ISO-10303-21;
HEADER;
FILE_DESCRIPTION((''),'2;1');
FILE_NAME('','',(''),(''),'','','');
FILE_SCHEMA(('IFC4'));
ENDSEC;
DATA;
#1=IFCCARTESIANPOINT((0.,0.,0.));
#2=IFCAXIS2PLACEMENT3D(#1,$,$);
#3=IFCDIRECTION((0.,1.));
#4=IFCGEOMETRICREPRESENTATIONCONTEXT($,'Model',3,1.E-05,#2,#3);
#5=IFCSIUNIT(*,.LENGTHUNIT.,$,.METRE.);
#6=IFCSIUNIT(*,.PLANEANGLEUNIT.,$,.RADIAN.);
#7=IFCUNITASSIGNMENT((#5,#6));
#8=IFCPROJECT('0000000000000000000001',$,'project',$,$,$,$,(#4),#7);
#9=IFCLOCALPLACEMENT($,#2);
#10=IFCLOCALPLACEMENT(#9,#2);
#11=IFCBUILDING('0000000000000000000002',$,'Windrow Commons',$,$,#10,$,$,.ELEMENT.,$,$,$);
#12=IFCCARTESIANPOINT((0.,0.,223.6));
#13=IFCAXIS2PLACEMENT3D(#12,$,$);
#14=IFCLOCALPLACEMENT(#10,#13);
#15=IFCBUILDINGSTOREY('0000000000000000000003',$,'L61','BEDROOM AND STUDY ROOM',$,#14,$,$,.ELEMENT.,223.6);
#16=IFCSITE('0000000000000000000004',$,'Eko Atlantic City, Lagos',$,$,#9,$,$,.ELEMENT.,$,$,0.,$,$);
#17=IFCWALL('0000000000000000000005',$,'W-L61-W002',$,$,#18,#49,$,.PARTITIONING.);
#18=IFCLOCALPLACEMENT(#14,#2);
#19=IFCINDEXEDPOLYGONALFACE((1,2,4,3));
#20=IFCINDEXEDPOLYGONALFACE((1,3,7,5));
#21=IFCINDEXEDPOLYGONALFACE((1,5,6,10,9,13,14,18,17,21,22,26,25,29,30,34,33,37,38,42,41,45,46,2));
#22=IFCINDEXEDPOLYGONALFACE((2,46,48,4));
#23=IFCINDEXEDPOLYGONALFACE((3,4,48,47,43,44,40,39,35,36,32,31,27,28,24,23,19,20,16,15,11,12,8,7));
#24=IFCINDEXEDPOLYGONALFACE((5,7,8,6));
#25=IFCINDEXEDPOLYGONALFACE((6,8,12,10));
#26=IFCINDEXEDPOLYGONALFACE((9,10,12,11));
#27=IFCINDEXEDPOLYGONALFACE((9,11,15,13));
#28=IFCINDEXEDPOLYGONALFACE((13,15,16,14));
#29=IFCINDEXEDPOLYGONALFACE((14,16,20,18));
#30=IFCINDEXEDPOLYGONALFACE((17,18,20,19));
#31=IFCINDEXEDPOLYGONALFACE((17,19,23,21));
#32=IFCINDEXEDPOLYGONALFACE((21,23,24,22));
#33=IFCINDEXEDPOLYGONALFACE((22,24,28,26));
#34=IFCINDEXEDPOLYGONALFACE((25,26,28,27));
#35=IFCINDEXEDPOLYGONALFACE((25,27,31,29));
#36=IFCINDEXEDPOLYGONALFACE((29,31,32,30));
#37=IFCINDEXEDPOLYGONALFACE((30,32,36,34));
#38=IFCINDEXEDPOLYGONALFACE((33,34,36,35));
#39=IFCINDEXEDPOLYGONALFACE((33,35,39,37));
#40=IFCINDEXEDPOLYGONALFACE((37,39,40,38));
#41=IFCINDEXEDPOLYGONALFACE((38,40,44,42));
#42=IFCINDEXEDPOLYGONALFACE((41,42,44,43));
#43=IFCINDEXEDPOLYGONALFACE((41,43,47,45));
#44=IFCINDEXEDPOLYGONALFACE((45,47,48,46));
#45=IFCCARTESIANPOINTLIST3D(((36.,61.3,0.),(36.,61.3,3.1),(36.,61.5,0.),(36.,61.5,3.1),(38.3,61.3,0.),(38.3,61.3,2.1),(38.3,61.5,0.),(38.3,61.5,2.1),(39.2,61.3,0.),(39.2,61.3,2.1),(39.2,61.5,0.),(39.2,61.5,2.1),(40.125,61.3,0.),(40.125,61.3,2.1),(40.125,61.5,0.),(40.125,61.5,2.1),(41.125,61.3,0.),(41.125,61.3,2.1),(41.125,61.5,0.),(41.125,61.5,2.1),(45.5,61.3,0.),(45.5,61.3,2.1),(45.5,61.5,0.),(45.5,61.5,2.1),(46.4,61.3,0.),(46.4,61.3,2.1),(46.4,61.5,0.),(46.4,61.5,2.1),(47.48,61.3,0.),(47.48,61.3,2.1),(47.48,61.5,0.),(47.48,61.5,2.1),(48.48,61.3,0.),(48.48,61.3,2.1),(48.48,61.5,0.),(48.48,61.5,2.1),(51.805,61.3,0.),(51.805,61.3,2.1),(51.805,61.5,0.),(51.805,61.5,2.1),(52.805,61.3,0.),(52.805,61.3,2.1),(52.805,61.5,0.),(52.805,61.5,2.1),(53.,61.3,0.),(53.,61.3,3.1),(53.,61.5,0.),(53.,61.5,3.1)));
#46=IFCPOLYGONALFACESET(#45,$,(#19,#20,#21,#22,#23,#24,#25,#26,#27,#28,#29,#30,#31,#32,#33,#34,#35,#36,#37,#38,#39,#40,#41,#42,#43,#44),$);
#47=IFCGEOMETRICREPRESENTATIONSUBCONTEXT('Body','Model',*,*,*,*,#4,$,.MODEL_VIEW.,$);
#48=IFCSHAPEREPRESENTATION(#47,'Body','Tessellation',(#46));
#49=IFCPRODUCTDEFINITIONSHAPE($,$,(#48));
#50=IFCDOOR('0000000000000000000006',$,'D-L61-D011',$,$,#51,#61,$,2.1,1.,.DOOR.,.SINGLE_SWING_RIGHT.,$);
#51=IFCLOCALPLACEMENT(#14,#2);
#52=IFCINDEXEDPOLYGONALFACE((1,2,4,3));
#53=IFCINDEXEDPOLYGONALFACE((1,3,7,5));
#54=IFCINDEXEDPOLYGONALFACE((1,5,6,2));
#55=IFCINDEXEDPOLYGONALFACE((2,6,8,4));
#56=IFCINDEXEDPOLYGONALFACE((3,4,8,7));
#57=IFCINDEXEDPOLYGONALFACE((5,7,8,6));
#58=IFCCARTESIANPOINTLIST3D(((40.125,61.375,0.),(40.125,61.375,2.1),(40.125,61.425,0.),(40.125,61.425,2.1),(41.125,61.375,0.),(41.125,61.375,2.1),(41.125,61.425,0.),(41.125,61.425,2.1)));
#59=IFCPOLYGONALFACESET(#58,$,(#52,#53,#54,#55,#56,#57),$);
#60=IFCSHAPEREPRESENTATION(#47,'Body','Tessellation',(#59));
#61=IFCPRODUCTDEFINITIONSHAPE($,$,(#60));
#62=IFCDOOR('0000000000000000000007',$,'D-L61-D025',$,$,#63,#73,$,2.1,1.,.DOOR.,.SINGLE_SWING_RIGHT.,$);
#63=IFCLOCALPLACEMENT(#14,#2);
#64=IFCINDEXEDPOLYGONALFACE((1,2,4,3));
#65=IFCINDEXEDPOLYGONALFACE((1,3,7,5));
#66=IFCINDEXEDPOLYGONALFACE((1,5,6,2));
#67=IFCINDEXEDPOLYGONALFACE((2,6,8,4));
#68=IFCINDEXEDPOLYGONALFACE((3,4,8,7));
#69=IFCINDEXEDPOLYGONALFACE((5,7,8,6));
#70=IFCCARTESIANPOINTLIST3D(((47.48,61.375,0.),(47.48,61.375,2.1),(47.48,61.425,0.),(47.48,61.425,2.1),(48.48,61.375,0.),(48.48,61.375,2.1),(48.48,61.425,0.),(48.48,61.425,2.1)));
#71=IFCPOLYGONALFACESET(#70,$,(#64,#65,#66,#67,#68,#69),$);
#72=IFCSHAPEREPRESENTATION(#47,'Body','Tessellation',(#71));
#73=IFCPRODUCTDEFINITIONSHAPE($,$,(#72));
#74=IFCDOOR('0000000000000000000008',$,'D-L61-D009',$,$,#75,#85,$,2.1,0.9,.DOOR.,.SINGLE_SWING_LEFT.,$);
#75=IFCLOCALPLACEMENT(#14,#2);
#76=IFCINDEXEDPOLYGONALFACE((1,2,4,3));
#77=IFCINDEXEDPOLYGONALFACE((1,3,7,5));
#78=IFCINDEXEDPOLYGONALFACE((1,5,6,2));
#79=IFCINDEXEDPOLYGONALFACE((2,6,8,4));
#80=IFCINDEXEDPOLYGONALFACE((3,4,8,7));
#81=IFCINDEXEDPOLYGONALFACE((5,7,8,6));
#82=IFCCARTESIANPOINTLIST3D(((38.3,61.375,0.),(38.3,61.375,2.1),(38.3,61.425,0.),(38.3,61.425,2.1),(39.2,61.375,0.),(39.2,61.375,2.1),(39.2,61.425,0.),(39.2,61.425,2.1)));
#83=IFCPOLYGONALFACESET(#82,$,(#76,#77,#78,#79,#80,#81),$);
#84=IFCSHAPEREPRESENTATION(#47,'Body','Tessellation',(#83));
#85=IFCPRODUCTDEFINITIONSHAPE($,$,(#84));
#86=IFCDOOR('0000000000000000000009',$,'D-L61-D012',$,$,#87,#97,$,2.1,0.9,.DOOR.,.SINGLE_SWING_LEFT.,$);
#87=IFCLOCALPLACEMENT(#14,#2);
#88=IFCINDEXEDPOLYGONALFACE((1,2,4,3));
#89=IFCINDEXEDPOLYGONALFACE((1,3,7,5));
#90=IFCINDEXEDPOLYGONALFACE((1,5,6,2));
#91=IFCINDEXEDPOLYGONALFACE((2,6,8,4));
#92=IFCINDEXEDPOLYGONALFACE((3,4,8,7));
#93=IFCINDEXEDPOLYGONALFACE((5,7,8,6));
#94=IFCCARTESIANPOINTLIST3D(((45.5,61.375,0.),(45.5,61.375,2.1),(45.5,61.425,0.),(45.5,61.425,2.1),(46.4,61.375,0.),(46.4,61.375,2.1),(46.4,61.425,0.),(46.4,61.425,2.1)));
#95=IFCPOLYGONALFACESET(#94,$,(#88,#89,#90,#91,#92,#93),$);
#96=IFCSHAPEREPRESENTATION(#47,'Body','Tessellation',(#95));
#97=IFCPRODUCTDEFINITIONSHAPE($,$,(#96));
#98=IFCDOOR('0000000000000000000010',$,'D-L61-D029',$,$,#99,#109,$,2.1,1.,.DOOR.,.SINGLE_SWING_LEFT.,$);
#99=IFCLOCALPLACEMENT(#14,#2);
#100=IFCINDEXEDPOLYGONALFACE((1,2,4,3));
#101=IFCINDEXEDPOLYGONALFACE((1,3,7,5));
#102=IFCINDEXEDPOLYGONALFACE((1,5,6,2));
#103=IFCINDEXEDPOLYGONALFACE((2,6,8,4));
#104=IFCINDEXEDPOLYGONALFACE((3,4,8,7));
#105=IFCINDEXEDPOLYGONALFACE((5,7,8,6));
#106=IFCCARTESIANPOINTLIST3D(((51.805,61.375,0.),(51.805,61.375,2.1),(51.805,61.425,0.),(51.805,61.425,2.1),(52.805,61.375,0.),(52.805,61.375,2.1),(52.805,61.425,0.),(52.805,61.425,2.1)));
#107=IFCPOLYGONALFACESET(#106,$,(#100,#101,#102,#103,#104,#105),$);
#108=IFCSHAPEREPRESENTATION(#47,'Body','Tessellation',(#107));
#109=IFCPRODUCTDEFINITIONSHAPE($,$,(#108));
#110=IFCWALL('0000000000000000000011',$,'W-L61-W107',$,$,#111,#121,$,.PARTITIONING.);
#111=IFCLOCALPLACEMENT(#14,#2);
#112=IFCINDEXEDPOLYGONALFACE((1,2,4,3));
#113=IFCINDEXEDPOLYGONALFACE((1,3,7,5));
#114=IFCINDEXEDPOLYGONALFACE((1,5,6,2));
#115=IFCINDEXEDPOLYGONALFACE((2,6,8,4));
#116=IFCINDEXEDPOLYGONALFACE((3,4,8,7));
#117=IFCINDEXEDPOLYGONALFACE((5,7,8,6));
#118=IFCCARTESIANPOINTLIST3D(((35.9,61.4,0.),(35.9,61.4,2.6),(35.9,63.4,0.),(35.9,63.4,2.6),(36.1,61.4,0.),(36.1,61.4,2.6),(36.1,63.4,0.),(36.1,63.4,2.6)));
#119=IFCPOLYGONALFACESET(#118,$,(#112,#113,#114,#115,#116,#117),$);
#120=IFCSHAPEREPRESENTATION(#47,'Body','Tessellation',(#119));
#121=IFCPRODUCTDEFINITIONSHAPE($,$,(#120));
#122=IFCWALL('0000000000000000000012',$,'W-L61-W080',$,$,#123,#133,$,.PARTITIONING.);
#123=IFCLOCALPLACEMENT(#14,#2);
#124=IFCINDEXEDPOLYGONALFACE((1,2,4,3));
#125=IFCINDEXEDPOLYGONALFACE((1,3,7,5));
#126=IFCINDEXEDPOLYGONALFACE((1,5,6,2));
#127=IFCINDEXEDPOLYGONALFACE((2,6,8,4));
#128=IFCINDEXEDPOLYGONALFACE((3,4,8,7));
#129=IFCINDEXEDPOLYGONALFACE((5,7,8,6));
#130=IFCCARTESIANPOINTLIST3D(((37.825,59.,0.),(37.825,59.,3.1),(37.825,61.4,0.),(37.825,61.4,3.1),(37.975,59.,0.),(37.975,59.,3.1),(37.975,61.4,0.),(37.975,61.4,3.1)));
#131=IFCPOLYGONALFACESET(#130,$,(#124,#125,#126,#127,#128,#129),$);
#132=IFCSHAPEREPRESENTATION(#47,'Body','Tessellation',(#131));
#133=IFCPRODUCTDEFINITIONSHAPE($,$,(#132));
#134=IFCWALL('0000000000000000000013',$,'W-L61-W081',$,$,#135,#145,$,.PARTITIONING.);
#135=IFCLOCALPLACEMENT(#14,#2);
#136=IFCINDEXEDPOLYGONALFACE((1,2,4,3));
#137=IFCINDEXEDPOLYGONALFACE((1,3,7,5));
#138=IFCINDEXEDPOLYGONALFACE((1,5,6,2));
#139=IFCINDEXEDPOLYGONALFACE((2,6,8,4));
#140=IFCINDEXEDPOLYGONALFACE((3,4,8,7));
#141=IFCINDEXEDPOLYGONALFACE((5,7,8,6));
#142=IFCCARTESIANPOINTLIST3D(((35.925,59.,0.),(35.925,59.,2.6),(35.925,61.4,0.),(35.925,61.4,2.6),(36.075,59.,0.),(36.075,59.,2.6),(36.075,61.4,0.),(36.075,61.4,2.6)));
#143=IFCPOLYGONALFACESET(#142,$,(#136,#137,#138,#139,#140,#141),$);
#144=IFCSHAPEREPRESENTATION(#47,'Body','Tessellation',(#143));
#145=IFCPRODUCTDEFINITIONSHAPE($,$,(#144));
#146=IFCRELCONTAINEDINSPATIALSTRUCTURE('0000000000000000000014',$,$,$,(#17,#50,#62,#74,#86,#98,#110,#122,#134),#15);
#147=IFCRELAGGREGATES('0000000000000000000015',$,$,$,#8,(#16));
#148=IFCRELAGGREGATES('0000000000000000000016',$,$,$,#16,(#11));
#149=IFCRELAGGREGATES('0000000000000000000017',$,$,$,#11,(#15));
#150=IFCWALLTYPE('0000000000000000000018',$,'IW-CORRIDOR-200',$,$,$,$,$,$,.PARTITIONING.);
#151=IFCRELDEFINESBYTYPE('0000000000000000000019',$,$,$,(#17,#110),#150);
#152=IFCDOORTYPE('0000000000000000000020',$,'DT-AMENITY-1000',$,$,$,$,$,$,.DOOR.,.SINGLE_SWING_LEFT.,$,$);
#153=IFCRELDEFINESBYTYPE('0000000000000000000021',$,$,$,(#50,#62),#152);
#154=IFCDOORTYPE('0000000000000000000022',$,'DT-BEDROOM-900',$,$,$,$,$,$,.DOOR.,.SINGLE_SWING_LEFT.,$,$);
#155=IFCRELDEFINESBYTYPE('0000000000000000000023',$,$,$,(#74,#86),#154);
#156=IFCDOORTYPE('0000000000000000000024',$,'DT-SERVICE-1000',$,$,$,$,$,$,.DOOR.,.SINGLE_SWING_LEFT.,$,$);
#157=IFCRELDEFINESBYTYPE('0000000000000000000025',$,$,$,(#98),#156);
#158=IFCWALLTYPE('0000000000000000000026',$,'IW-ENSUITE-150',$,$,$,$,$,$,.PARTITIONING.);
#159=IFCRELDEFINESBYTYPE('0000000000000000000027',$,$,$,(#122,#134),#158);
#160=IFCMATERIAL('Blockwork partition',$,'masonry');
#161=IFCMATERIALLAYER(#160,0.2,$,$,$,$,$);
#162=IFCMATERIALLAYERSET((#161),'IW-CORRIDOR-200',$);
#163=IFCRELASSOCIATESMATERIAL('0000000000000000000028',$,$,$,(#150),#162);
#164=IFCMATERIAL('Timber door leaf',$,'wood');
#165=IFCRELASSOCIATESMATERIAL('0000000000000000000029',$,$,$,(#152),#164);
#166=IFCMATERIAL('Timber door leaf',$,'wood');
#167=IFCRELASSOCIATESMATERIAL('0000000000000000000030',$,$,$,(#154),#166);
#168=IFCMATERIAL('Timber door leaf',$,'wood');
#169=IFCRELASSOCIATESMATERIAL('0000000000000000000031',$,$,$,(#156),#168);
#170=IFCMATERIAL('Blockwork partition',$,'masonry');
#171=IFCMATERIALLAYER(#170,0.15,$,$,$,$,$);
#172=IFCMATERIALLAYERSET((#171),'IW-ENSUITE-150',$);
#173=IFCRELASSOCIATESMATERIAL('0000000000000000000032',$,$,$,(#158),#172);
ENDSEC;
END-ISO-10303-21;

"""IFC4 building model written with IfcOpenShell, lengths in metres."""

from ifc_helpers import new_model, si_unit, direction, frame, frame_2d, origin, place, context, subcontext, project, spatial, rectangle, extrude, material, layer, layer_set, type_object, element, fill, save


model = new_model("IFC4")

# Units and contexts
model_context = context("Model", 3, precision=1e-05, world=origin(), true_north=direction((0.0, 1.0)))
body_context = subcontext(model_context, "Body", "Model", "MODEL_VIEW")
ifc_project = project(units=[si_unit("LENGTHUNIT", "METRE"), si_unit("PLANEANGLEUNIT", "RADIAN")], contexts=[model_context])

# Site, building, storey
site_placement = place(None, origin())
site = spatial("IfcSite", under=ifc_project, at=site_placement, Name="Eko Atlantic City, Lagos", CompositionType="ELEMENT", RefElevation=0.0)
building_placement = place(site_placement, origin())
building = spatial("IfcBuilding", under=site, at=building_placement, Name="Windrow Commons", CompositionType="ELEMENT")
storey_placement = place(building_placement, frame((0.0, 0.0, 223.6)))
storey = spatial("IfcBuildingStorey", under=building, at=storey_placement, Name="L61", Description="BEDROOM AND STUDY ROOM", CompositionType="ELEMENT", Elevation=223.6)

# Wall, openings, doors
ifc_material_1 = material(Name="Blockwork partition", Category="masonry")
ifc_layer_1 = layer(ifc_material_1, 0.2)
ifc_layer_set_1 = layer_set([ifc_layer_1], Name="IW-CORRIDOR-200")
wall_type_1 = type_object("IfcWallType", Name="IW-CORRIDOR-200", PredefinedType="PARTITIONING", material=ifc_layer_set_1)
wall_1_placement = place(storey_placement, frame((36.0, 61.4, 0.0), z_axis=(0.0, 0.0, 1.0), x_axis=(1.0, 0.0, 0.0)))
wall_1 = element("IfcWall", 1, at=wall_1_placement, inside=storey, type_object=wall_type_1, Name="W-L61-W002", PredefinedType="PARTITIONING", context=body_context, shape_type="SweptSolid", body=[
    extrude(rectangle(XDim=17.0, YDim=0.2, at=frame_2d((8.5, 0.0))), origin(), (0.0, 0.0, 1.0), 3.1),
])
opening_1_placement = place(wall_1_placement, frame((2.3, 0.0, 0.0)))
opening_1 = element("IfcOpeningElement", 2, at=opening_1_placement, cuts=wall_1, PredefinedType="OPENING", context=body_context, shape_type="SweptSolid", body=[
    extrude(rectangle(XDim=0.9, YDim=2.1, at=frame_2d((0.45, 1.05))), frame((0.0, 0.11, 0.0), z_axis=(0.0, -1.0, 0.0), x_axis=(1.0, 0.0, 0.0)), (0.0, 0.0, 1.0), 0.22),
])
opening_2_placement = place(wall_1_placement, frame((4.125, 0.0, 0.0)))
opening_2 = element("IfcOpeningElement", 3, at=opening_2_placement, cuts=wall_1, PredefinedType="OPENING", context=body_context, shape_type="SweptSolid", body=[
    extrude(rectangle(XDim=1.0, YDim=2.1, at=frame_2d((0.5, 1.05))), frame((0.0, 0.11, 0.0), z_axis=(0.0, -1.0, 0.0), x_axis=(1.0, 0.0, 0.0)), (0.0, 0.0, 1.0), 0.22),
])
opening_3_placement = place(wall_1_placement, frame((9.5, 0.0, 0.0)))
opening_3 = element("IfcOpeningElement", 4, at=opening_3_placement, cuts=wall_1, PredefinedType="OPENING", context=body_context, shape_type="SweptSolid", body=[
    extrude(rectangle(XDim=0.9, YDim=2.1, at=frame_2d((0.45, 1.05))), frame((0.0, 0.11, 0.0), z_axis=(0.0, -1.0, 0.0), x_axis=(1.0, 0.0, 0.0)), (0.0, 0.0, 1.0), 0.22),
])
opening_4_placement = place(wall_1_placement, frame((11.48, 0.0, 0.0)))
opening_4 = element("IfcOpeningElement", 5, at=opening_4_placement, cuts=wall_1, PredefinedType="OPENING", context=body_context, shape_type="SweptSolid", body=[
    extrude(rectangle(XDim=1.0, YDim=2.1, at=frame_2d((0.5, 1.05))), frame((0.0, 0.11, 0.0), z_axis=(0.0, -1.0, 0.0), x_axis=(1.0, 0.0, 0.0)), (0.0, 0.0, 1.0), 0.22),
])
opening_5_placement = place(wall_1_placement, frame((15.805, 0.0, 0.0)))
opening_5 = element("IfcOpeningElement", 6, at=opening_5_placement, cuts=wall_1, PredefinedType="OPENING", context=body_context, shape_type="SweptSolid", body=[
    extrude(rectangle(XDim=1.0, YDim=2.1, at=frame_2d((0.5, 1.05))), frame((0.0, 0.11, 0.0), z_axis=(0.0, -1.0, 0.0), x_axis=(1.0, 0.0, 0.0)), (0.0, 0.0, 1.0), 0.22),
])
ifc_material_2 = material(Name="Timber door leaf", Category="wood")
door_type_1 = type_object("IfcDoorType", Name="DT-AMENITY-1000", OperationType="SINGLE_SWING_LEFT", PredefinedType="DOOR", material=ifc_material_2)
door_1_placement = place(opening_2_placement, origin())
door_1 = element("IfcDoor", 7, at=door_1_placement, inside=storey, type_object=door_type_1, Name="D-L61-D011", OperationType="SINGLE_SWING_RIGHT", OverallHeight=2.1, OverallWidth=1.0, PredefinedType="DOOR", context=body_context, shape_type="SweptSolid", body=[
    extrude(rectangle(XDim=1.0, YDim=2.1, at=frame_2d((0.5, 1.05))), frame((0.0, 0.025, 0.0), z_axis=(0.0, -1.0, 0.0), x_axis=(1.0, 0.0, 0.0)), (0.0, 0.0, 1.0), 0.05),
])
fill(opening_2, door_1)
door_2_placement = place(opening_4_placement, origin())
door_2 = element("IfcDoor", 8, at=door_2_placement, inside=storey, type_object=door_type_1, Name="D-L61-D025", OperationType="SINGLE_SWING_RIGHT", OverallHeight=2.1, OverallWidth=1.0, PredefinedType="DOOR", context=body_context, shape_type="SweptSolid", body=[
    extrude(rectangle(XDim=1.0, YDim=2.1, at=frame_2d((0.5, 1.05))), frame((0.0, 0.025, 0.0), z_axis=(0.0, -1.0, 0.0), x_axis=(1.0, 0.0, 0.0)), (0.0, 0.0, 1.0), 0.05),
])
fill(opening_4, door_2)
ifc_material_3 = material(Name="Timber door leaf", Category="wood")
door_type_2 = type_object("IfcDoorType", Name="DT-BEDROOM-900", OperationType="SINGLE_SWING_LEFT", PredefinedType="DOOR", material=ifc_material_3)
door_3_placement = place(opening_1_placement, origin())
door_3 = element("IfcDoor", 9, at=door_3_placement, inside=storey, type_object=door_type_2, Name="D-L61-D009", OperationType="SINGLE_SWING_LEFT", OverallHeight=2.1, OverallWidth=0.9, PredefinedType="DOOR", context=body_context, shape_type="SweptSolid", body=[
    extrude(rectangle(XDim=0.9, YDim=2.1, at=frame_2d((0.45, 1.05))), frame((0.0, 0.025, 0.0), z_axis=(0.0, -1.0, 0.0), x_axis=(1.0, 0.0, 0.0)), (0.0, 0.0, 1.0), 0.05),
])
fill(opening_1, door_3)
door_4_placement = place(opening_3_placement, origin())
door_4 = element("IfcDoor", 10, at=door_4_placement, inside=storey, type_object=door_type_2, Name="D-L61-D012", OperationType="SINGLE_SWING_LEFT", OverallHeight=2.1, OverallWidth=0.9, PredefinedType="DOOR", context=body_context, shape_type="SweptSolid", body=[
    extrude(rectangle(XDim=0.9, YDim=2.1, at=frame_2d((0.45, 1.05))), frame((0.0, 0.025, 0.0), z_axis=(0.0, -1.0, 0.0), x_axis=(1.0, 0.0, 0.0)), (0.0, 0.0, 1.0), 0.05),
])
fill(opening_3, door_4)
ifc_material_4 = material(Name="Timber door leaf", Category="wood")
door_type_3 = type_object("IfcDoorType", Name="DT-SERVICE-1000", OperationType="SINGLE_SWING_LEFT", PredefinedType="DOOR", material=ifc_material_4)
door_5_placement = place(opening_5_placement, origin())
door_5 = element("IfcDoor", 11, at=door_5_placement, inside=storey, type_object=door_type_3, Name="D-L61-D029", OperationType="SINGLE_SWING_LEFT", OverallHeight=2.1, OverallWidth=1.0, PredefinedType="DOOR", context=body_context, shape_type="SweptSolid", body=[
    extrude(rectangle(XDim=1.0, YDim=2.1, at=frame_2d((0.5, 1.05))), frame((0.0, 0.025, 0.0), z_axis=(0.0, -1.0, 0.0), x_axis=(1.0, 0.0, 0.0)), (0.0, 0.0, 1.0), 0.05),
])
fill(opening_5, door_5)

# Walls
wall_2_placement = place(storey_placement, frame((36.0, 61.4, 0.0), z_axis=(0.0, 0.0, 1.0), x_axis=(0.0, 1.0, 0.0)))
element("IfcWall", 12, at=wall_2_placement, inside=storey, type_object=wall_type_1, Name="W-L61-W107", PredefinedType="PARTITIONING", context=body_context, shape_type="SweptSolid", body=[
    extrude(rectangle(XDim=2.0, YDim=0.2, at=frame_2d((1.0, 0.0))), origin(), (0.0, 0.0, 1.0), 2.6),
])
ifc_material_5 = material(Name="Blockwork partition", Category="masonry")
ifc_layer_2 = layer(ifc_material_5, 0.15)
ifc_layer_set_2 = layer_set([ifc_layer_2], Name="IW-ENSUITE-150")
wall_type_2 = type_object("IfcWallType", Name="IW-ENSUITE-150", PredefinedType="PARTITIONING", material=ifc_layer_set_2)
wall_3_placement = place(storey_placement, frame((37.9, 59.0, 0.0), z_axis=(0.0, 0.0, 1.0), x_axis=(0.0, 1.0, 0.0)))
element("IfcWall", 13, at=wall_3_placement, inside=storey, type_object=wall_type_2, Name="W-L61-W080", PredefinedType="PARTITIONING", context=body_context, shape_type="SweptSolid", body=[
    extrude(rectangle(XDim=2.4, YDim=0.15, at=frame_2d((1.2, 0.0))), origin(), (0.0, 0.0, 1.0), 3.1),
])
wall_4_placement = place(storey_placement, frame((36.0, 59.0, 0.0), z_axis=(0.0, 0.0, 1.0), x_axis=(0.0, 1.0, 0.0)))
element("IfcWall", 14, at=wall_4_placement, inside=storey, type_object=wall_type_2, Name="W-L61-W081", PredefinedType="PARTITIONING", context=body_context, shape_type="SweptSolid", body=[
    extrude(rectangle(XDim=2.4, YDim=0.15, at=frame_2d((1.2, 0.0))), origin(), (0.0, 0.0, 1.0), 2.6),
])

save(model, "model.ifc")
